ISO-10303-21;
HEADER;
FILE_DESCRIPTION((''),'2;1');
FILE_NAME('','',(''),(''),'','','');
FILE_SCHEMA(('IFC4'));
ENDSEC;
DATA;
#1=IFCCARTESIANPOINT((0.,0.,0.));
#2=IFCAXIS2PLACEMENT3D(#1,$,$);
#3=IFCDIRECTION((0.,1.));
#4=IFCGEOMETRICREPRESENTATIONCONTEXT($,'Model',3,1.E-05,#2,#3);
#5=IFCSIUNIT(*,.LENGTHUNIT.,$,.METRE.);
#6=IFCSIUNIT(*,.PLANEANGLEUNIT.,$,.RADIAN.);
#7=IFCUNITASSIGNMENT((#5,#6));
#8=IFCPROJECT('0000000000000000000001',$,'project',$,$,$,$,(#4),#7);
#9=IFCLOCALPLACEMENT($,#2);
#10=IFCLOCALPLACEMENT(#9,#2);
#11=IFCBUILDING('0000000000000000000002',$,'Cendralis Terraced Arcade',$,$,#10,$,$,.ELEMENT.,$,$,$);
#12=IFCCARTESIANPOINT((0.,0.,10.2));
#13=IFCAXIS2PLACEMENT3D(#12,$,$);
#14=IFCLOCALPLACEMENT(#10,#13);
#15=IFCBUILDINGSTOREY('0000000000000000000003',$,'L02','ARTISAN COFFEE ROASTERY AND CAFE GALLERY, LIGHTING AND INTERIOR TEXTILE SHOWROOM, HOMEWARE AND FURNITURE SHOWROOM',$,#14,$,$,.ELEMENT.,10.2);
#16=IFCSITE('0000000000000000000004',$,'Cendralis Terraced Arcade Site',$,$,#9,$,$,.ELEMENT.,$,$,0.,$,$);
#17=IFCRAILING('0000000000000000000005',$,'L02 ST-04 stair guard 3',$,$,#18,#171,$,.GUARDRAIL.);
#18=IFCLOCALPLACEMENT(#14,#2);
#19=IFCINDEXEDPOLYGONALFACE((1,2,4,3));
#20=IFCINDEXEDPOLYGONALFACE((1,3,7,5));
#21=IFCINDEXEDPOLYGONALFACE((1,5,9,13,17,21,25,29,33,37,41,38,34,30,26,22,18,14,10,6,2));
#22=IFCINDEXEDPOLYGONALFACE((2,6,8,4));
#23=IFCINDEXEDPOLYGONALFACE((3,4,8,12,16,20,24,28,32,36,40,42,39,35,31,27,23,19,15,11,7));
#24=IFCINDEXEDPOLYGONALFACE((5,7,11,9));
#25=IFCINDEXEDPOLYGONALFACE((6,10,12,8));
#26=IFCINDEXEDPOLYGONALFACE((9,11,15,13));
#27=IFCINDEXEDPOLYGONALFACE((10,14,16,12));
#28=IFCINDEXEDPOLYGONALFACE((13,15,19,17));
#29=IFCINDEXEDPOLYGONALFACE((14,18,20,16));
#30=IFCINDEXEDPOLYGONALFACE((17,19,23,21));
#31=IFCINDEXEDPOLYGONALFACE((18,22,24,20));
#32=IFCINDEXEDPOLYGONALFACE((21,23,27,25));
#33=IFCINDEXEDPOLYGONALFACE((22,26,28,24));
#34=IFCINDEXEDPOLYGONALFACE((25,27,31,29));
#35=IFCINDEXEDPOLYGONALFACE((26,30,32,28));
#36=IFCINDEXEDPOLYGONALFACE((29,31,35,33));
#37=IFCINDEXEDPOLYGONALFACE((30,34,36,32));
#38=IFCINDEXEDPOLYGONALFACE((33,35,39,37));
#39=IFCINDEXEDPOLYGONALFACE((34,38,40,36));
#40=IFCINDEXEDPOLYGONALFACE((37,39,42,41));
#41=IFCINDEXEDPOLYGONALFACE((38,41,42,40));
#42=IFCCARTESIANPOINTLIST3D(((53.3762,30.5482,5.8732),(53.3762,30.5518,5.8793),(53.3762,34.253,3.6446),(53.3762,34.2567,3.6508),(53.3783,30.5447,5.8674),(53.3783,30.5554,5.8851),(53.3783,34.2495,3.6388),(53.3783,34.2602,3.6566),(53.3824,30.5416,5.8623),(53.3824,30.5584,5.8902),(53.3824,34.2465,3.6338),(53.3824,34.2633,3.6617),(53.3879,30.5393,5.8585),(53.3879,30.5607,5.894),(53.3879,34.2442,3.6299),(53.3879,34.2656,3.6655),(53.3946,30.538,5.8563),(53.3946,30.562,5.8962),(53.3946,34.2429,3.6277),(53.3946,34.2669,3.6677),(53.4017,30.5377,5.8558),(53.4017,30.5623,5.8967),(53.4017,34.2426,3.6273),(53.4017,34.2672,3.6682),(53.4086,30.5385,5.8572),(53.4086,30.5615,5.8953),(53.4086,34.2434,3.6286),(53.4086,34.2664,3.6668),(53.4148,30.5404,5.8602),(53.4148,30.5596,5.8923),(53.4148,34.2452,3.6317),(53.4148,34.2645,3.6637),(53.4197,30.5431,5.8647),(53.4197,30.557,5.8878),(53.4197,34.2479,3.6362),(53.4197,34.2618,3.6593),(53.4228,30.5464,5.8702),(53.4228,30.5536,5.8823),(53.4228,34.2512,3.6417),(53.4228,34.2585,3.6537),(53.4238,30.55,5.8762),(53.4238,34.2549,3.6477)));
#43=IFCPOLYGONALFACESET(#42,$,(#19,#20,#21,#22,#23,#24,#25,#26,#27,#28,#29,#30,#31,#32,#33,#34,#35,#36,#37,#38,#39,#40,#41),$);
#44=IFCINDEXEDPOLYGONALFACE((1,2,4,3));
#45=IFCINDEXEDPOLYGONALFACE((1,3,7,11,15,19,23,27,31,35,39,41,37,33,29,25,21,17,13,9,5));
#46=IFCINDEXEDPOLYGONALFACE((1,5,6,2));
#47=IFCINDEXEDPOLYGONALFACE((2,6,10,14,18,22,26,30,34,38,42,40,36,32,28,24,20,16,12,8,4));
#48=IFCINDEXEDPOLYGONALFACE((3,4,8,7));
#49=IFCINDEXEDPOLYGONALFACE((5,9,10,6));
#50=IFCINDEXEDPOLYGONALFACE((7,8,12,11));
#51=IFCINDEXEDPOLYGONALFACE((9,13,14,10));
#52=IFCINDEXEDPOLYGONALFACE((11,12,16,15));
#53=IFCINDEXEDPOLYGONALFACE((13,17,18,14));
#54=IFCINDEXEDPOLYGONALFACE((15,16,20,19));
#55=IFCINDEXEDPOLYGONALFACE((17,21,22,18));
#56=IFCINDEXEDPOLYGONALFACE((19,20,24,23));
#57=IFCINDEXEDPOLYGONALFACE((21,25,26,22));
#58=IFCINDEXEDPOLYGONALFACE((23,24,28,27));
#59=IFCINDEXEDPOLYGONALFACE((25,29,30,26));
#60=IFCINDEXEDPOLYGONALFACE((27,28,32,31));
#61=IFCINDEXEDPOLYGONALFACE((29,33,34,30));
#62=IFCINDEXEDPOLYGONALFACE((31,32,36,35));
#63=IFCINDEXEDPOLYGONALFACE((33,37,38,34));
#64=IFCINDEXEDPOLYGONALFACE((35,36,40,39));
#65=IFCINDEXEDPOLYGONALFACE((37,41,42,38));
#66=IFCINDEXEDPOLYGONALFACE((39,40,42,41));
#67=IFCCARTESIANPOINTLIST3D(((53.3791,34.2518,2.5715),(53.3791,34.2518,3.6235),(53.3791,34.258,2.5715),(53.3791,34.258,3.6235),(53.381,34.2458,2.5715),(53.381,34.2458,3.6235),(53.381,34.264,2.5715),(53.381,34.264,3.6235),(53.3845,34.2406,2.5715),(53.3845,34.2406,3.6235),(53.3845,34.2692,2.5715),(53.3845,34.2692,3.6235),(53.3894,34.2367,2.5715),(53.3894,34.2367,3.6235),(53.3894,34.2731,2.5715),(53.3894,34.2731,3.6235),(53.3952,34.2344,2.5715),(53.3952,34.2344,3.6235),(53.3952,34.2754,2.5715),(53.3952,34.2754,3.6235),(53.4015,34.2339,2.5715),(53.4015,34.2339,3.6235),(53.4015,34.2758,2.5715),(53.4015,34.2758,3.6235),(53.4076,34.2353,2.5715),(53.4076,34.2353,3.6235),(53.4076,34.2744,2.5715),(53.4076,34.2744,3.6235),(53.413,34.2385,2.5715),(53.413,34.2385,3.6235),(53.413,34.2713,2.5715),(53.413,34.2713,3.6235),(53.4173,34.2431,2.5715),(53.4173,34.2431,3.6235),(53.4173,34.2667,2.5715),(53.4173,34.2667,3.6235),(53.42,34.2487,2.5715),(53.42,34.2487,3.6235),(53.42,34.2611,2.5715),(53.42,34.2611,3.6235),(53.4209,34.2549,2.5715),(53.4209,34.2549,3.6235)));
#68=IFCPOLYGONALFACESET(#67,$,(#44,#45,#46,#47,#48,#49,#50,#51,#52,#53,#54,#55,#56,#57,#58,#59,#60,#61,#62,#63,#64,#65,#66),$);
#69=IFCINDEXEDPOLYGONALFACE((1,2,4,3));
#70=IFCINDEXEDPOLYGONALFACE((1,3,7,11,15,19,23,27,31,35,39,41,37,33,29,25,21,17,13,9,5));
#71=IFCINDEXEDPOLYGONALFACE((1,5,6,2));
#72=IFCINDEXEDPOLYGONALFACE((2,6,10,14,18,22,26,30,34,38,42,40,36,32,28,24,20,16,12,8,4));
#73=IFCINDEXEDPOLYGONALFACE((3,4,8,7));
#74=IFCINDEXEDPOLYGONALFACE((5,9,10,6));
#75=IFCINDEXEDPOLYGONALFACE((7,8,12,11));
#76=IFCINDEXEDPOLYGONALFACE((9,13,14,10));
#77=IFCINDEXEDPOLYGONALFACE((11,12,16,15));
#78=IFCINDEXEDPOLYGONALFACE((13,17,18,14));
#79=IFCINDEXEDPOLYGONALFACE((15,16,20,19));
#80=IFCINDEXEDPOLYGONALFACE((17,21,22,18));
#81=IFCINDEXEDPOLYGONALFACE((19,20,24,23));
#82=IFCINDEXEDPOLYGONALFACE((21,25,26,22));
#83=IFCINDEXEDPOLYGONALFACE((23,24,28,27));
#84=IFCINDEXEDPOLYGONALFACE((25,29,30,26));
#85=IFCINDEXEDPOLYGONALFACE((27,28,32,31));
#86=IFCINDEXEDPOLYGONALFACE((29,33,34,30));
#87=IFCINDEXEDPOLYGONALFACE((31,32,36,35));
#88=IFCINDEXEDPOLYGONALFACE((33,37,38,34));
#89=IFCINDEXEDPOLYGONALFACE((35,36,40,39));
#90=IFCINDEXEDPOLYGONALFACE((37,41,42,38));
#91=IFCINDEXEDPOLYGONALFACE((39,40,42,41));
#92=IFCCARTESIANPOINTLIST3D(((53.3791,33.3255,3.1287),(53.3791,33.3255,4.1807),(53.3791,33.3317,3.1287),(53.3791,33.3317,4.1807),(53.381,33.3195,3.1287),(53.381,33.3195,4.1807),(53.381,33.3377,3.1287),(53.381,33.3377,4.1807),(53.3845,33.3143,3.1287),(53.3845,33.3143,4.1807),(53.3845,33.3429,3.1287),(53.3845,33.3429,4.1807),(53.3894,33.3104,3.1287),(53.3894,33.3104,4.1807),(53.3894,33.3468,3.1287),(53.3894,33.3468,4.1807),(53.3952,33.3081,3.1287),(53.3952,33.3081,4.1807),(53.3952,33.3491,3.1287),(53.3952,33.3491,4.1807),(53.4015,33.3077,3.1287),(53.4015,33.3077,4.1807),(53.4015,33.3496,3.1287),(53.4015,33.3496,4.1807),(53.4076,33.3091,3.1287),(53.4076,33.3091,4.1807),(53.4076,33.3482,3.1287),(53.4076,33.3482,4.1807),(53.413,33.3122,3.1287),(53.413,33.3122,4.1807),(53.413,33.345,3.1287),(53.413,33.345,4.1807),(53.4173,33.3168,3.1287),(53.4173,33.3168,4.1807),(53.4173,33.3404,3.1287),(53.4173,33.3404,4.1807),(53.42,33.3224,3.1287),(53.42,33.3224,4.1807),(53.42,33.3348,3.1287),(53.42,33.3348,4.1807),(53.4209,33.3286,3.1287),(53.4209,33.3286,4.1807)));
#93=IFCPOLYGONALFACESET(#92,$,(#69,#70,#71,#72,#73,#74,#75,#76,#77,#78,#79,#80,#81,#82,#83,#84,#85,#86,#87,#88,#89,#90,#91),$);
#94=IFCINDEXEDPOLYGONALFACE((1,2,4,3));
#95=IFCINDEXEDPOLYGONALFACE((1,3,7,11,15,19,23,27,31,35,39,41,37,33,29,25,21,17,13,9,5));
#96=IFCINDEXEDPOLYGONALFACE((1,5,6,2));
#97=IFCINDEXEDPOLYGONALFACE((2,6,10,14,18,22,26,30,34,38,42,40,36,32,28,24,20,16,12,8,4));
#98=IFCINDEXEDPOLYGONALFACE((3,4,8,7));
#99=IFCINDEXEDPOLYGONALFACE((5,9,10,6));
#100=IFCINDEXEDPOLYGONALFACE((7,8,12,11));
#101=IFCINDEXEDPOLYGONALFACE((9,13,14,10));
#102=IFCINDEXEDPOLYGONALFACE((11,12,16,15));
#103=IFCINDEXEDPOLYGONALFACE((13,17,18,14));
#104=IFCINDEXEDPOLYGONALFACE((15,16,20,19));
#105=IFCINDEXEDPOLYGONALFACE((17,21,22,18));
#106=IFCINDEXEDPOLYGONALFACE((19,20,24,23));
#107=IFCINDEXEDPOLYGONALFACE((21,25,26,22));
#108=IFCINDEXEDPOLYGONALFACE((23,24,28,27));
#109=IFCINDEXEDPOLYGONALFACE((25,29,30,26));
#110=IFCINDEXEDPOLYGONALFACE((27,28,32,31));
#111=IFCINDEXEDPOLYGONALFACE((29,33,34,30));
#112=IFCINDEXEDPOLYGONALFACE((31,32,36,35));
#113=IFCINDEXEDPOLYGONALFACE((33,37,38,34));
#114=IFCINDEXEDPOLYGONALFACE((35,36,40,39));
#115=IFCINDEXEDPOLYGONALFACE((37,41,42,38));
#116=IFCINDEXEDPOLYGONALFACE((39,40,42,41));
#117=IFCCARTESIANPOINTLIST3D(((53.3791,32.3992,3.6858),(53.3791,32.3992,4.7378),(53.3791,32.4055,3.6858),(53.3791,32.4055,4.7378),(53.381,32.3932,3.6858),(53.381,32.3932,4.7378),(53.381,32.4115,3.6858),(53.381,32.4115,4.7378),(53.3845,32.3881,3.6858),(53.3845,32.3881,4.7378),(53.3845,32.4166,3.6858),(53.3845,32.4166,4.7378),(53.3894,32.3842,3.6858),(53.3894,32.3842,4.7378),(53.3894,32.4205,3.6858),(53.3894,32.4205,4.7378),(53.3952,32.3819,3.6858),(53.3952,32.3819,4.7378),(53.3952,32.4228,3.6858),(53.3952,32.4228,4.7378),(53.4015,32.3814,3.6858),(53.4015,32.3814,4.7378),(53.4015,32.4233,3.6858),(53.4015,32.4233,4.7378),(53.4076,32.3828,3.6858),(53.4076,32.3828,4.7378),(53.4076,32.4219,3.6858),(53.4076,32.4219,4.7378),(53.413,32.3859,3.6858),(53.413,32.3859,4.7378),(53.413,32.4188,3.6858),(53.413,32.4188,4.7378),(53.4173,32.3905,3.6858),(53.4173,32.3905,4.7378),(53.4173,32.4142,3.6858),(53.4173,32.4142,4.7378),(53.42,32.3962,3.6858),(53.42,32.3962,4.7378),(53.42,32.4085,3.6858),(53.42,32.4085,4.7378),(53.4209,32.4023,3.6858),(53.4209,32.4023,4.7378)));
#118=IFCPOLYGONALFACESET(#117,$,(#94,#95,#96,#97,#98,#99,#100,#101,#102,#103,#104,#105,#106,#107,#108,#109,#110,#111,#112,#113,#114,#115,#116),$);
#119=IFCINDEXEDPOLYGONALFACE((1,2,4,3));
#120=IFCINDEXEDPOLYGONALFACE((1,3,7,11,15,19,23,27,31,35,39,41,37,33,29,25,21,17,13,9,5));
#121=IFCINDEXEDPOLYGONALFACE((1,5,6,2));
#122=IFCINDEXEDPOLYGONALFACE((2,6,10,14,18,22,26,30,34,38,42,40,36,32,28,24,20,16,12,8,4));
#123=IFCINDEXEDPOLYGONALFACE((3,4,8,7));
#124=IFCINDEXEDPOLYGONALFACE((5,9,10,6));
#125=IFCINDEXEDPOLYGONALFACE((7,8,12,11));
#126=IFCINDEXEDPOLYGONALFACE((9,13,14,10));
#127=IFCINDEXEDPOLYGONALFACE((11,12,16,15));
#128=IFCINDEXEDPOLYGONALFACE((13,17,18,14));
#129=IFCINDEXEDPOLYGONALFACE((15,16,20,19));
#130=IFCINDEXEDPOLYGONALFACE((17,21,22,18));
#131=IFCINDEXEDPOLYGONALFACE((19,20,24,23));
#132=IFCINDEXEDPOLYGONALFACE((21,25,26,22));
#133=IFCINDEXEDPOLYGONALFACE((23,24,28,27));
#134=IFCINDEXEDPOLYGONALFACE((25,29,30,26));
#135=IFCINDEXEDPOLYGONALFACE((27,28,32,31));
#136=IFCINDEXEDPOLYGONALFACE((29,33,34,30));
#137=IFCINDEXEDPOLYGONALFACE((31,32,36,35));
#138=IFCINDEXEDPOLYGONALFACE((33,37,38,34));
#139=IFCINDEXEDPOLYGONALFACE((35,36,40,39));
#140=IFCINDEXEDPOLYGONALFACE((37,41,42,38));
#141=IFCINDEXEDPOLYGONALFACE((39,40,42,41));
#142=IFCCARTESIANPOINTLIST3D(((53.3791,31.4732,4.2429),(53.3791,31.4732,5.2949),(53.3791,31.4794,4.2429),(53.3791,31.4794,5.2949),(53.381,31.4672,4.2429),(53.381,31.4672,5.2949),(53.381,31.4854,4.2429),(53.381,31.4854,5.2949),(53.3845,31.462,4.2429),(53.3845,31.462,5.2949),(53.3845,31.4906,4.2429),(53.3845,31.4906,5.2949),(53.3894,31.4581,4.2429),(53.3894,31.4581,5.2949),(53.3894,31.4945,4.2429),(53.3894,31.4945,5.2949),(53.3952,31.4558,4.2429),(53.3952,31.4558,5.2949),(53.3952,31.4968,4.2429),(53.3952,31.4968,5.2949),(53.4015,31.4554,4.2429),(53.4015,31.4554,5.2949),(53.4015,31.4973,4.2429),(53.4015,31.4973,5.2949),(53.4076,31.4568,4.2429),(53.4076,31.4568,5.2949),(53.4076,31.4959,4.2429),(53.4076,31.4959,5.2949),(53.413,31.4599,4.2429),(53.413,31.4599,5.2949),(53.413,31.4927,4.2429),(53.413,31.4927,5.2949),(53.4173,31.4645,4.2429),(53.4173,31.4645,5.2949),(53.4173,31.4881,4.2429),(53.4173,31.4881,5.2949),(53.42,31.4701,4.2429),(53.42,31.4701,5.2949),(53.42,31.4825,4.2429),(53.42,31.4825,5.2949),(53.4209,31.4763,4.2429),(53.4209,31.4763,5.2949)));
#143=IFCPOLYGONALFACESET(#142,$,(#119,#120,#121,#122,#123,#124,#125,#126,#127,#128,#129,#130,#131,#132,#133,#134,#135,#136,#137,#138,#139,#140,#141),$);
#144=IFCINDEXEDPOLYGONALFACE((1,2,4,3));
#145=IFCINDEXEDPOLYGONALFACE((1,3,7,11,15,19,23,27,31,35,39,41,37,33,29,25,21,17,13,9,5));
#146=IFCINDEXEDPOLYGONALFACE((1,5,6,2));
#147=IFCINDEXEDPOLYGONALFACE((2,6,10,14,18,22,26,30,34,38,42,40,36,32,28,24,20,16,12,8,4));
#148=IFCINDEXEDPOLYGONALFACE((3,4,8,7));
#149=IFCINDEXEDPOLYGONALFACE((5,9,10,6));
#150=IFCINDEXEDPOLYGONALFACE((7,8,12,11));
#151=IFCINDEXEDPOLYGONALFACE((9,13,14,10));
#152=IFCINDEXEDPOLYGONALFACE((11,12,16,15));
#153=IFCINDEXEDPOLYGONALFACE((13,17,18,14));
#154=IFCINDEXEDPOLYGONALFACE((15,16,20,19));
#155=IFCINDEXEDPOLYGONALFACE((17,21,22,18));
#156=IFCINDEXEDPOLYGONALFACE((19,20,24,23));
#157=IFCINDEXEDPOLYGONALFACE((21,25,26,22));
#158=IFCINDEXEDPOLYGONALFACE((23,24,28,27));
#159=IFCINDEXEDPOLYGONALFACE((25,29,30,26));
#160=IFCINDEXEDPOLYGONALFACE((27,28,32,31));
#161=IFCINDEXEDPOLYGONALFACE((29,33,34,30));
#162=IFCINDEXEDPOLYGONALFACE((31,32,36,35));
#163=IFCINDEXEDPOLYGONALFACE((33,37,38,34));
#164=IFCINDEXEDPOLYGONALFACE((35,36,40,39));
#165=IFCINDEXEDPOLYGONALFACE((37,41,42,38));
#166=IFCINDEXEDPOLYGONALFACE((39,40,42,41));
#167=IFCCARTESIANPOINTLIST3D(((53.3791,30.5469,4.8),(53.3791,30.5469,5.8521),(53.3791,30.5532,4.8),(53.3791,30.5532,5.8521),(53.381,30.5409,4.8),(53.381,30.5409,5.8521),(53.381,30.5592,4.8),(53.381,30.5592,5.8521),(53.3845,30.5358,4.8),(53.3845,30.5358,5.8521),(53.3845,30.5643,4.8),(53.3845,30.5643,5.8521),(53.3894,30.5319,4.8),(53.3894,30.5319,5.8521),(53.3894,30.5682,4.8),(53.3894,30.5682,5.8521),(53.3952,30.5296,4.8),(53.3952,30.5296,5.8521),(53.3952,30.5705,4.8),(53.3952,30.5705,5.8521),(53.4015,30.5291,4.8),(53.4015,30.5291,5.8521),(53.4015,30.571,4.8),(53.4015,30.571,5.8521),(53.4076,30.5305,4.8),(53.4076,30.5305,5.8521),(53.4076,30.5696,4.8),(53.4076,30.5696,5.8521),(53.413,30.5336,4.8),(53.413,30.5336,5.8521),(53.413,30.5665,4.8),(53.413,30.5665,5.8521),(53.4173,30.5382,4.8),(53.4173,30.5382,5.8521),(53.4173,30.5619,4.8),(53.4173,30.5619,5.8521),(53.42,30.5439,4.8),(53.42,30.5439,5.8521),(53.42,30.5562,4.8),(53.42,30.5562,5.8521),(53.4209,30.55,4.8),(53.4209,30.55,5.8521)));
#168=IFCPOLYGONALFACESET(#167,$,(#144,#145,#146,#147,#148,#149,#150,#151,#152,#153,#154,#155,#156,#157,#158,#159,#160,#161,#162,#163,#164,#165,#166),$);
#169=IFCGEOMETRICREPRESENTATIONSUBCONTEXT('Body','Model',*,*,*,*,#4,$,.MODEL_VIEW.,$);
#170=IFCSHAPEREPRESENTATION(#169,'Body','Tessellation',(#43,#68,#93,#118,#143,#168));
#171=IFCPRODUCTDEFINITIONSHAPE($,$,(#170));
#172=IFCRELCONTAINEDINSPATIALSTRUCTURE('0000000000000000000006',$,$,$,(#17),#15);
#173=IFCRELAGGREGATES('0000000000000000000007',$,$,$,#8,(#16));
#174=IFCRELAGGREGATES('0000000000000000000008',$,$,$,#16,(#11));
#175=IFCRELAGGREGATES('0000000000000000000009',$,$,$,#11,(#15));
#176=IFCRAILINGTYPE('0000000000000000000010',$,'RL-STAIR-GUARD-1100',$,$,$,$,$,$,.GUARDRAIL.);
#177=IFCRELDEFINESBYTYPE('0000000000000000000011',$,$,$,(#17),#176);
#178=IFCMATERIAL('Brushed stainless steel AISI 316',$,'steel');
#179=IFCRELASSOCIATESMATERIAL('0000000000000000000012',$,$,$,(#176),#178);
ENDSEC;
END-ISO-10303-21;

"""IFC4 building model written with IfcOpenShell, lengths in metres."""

from ifc_helpers import new_model, si_unit, direction, frame, origin, origin_2d, place, context, subcontext, project, spatial, circle, extrude, material, type_object, element, save


model = new_model("IFC4")

# Units and contexts
model_context = context("Model", 3, precision=1e-05, world=origin(), true_north=direction((0.0, 1.0)))
body_context = subcontext(model_context, "Body", "Model", "MODEL_VIEW")
ifc_project = project(units=[si_unit("LENGTHUNIT", "METRE"), si_unit("PLANEANGLEUNIT", "RADIAN")], contexts=[model_context])

# Site, building, storey
site_placement = place(None, origin())
site = spatial("IfcSite", under=ifc_project, at=site_placement, Name="Cendralis Terraced Arcade Site", CompositionType="ELEMENT", RefElevation=0.0)
building_placement = place(site_placement, origin())
building = spatial("IfcBuilding", under=site, at=building_placement, Name="Cendralis Terraced Arcade", CompositionType="ELEMENT")
storey_placement = place(building_placement, frame((0.0, 0.0, 10.2)))
storey = spatial("IfcBuildingStorey", under=building, at=storey_placement, Name="L02", Description="ARTISAN COFFEE ROASTERY AND CAFE GALLERY, LIGHTING AND INTERIOR TEXTILE SHOWROOM, HOMEWARE AND FURNITURE SHOWROOM", CompositionType="ELEMENT", Elevation=10.2)

# Railing
ifc_material_1 = material(Name="Brushed stainless steel AISI 316", Category="steel")
railing_type_1 = type_object("IfcRailingType", Name="RL-STAIR-GUARD-1100", PredefinedType="GUARDRAIL", material=ifc_material_1)
railing_1_placement = place(storey_placement, frame((53.3999, 34.2549, 2.5715)))
element("IfcRailing", 1, at=railing_1_placement, inside=storey, type_object=railing_type_1, Name="L02 ST-04 stair guard 3", PredefinedType="GUARDRAIL", context=body_context, shape_type="SweptSolid", body=[
    extrude(circle(Radius=0.0239, at=origin_2d()), frame((0.0, 0.0, 1.0762), z_axis=(0.0, -0.856919, 0.51545), x_axis=(1.0, 0.0, 0.0)), (0.0, 0.0, 1.0), 4.3235),
    extrude(circle(Radius=0.021, at=origin_2d()), origin(), (0.0, 0.0, 1.0), 1.052),
    extrude(circle(Radius=0.021, at=origin_2d()), frame((0.0, -0.9263, 0.5571)), (0.0, 0.0, 1.0), 1.052),
    extrude(circle(Radius=0.021, at=origin_2d()), frame((0.0, -1.8525, 1.1143)), (0.0, 0.0, 1.0), 1.052),
    extrude(circle(Radius=0.021, at=origin_2d()), frame((0.0, -2.7786, 1.6714)), (0.0, 0.0, 1.0), 1.052),
    extrude(circle(Radius=0.021, at=origin_2d()), frame((0.0, -3.7048, 2.2285)), (0.0, 0.0, 1.0), 1.052),
])

save(model, "model.ifc")
